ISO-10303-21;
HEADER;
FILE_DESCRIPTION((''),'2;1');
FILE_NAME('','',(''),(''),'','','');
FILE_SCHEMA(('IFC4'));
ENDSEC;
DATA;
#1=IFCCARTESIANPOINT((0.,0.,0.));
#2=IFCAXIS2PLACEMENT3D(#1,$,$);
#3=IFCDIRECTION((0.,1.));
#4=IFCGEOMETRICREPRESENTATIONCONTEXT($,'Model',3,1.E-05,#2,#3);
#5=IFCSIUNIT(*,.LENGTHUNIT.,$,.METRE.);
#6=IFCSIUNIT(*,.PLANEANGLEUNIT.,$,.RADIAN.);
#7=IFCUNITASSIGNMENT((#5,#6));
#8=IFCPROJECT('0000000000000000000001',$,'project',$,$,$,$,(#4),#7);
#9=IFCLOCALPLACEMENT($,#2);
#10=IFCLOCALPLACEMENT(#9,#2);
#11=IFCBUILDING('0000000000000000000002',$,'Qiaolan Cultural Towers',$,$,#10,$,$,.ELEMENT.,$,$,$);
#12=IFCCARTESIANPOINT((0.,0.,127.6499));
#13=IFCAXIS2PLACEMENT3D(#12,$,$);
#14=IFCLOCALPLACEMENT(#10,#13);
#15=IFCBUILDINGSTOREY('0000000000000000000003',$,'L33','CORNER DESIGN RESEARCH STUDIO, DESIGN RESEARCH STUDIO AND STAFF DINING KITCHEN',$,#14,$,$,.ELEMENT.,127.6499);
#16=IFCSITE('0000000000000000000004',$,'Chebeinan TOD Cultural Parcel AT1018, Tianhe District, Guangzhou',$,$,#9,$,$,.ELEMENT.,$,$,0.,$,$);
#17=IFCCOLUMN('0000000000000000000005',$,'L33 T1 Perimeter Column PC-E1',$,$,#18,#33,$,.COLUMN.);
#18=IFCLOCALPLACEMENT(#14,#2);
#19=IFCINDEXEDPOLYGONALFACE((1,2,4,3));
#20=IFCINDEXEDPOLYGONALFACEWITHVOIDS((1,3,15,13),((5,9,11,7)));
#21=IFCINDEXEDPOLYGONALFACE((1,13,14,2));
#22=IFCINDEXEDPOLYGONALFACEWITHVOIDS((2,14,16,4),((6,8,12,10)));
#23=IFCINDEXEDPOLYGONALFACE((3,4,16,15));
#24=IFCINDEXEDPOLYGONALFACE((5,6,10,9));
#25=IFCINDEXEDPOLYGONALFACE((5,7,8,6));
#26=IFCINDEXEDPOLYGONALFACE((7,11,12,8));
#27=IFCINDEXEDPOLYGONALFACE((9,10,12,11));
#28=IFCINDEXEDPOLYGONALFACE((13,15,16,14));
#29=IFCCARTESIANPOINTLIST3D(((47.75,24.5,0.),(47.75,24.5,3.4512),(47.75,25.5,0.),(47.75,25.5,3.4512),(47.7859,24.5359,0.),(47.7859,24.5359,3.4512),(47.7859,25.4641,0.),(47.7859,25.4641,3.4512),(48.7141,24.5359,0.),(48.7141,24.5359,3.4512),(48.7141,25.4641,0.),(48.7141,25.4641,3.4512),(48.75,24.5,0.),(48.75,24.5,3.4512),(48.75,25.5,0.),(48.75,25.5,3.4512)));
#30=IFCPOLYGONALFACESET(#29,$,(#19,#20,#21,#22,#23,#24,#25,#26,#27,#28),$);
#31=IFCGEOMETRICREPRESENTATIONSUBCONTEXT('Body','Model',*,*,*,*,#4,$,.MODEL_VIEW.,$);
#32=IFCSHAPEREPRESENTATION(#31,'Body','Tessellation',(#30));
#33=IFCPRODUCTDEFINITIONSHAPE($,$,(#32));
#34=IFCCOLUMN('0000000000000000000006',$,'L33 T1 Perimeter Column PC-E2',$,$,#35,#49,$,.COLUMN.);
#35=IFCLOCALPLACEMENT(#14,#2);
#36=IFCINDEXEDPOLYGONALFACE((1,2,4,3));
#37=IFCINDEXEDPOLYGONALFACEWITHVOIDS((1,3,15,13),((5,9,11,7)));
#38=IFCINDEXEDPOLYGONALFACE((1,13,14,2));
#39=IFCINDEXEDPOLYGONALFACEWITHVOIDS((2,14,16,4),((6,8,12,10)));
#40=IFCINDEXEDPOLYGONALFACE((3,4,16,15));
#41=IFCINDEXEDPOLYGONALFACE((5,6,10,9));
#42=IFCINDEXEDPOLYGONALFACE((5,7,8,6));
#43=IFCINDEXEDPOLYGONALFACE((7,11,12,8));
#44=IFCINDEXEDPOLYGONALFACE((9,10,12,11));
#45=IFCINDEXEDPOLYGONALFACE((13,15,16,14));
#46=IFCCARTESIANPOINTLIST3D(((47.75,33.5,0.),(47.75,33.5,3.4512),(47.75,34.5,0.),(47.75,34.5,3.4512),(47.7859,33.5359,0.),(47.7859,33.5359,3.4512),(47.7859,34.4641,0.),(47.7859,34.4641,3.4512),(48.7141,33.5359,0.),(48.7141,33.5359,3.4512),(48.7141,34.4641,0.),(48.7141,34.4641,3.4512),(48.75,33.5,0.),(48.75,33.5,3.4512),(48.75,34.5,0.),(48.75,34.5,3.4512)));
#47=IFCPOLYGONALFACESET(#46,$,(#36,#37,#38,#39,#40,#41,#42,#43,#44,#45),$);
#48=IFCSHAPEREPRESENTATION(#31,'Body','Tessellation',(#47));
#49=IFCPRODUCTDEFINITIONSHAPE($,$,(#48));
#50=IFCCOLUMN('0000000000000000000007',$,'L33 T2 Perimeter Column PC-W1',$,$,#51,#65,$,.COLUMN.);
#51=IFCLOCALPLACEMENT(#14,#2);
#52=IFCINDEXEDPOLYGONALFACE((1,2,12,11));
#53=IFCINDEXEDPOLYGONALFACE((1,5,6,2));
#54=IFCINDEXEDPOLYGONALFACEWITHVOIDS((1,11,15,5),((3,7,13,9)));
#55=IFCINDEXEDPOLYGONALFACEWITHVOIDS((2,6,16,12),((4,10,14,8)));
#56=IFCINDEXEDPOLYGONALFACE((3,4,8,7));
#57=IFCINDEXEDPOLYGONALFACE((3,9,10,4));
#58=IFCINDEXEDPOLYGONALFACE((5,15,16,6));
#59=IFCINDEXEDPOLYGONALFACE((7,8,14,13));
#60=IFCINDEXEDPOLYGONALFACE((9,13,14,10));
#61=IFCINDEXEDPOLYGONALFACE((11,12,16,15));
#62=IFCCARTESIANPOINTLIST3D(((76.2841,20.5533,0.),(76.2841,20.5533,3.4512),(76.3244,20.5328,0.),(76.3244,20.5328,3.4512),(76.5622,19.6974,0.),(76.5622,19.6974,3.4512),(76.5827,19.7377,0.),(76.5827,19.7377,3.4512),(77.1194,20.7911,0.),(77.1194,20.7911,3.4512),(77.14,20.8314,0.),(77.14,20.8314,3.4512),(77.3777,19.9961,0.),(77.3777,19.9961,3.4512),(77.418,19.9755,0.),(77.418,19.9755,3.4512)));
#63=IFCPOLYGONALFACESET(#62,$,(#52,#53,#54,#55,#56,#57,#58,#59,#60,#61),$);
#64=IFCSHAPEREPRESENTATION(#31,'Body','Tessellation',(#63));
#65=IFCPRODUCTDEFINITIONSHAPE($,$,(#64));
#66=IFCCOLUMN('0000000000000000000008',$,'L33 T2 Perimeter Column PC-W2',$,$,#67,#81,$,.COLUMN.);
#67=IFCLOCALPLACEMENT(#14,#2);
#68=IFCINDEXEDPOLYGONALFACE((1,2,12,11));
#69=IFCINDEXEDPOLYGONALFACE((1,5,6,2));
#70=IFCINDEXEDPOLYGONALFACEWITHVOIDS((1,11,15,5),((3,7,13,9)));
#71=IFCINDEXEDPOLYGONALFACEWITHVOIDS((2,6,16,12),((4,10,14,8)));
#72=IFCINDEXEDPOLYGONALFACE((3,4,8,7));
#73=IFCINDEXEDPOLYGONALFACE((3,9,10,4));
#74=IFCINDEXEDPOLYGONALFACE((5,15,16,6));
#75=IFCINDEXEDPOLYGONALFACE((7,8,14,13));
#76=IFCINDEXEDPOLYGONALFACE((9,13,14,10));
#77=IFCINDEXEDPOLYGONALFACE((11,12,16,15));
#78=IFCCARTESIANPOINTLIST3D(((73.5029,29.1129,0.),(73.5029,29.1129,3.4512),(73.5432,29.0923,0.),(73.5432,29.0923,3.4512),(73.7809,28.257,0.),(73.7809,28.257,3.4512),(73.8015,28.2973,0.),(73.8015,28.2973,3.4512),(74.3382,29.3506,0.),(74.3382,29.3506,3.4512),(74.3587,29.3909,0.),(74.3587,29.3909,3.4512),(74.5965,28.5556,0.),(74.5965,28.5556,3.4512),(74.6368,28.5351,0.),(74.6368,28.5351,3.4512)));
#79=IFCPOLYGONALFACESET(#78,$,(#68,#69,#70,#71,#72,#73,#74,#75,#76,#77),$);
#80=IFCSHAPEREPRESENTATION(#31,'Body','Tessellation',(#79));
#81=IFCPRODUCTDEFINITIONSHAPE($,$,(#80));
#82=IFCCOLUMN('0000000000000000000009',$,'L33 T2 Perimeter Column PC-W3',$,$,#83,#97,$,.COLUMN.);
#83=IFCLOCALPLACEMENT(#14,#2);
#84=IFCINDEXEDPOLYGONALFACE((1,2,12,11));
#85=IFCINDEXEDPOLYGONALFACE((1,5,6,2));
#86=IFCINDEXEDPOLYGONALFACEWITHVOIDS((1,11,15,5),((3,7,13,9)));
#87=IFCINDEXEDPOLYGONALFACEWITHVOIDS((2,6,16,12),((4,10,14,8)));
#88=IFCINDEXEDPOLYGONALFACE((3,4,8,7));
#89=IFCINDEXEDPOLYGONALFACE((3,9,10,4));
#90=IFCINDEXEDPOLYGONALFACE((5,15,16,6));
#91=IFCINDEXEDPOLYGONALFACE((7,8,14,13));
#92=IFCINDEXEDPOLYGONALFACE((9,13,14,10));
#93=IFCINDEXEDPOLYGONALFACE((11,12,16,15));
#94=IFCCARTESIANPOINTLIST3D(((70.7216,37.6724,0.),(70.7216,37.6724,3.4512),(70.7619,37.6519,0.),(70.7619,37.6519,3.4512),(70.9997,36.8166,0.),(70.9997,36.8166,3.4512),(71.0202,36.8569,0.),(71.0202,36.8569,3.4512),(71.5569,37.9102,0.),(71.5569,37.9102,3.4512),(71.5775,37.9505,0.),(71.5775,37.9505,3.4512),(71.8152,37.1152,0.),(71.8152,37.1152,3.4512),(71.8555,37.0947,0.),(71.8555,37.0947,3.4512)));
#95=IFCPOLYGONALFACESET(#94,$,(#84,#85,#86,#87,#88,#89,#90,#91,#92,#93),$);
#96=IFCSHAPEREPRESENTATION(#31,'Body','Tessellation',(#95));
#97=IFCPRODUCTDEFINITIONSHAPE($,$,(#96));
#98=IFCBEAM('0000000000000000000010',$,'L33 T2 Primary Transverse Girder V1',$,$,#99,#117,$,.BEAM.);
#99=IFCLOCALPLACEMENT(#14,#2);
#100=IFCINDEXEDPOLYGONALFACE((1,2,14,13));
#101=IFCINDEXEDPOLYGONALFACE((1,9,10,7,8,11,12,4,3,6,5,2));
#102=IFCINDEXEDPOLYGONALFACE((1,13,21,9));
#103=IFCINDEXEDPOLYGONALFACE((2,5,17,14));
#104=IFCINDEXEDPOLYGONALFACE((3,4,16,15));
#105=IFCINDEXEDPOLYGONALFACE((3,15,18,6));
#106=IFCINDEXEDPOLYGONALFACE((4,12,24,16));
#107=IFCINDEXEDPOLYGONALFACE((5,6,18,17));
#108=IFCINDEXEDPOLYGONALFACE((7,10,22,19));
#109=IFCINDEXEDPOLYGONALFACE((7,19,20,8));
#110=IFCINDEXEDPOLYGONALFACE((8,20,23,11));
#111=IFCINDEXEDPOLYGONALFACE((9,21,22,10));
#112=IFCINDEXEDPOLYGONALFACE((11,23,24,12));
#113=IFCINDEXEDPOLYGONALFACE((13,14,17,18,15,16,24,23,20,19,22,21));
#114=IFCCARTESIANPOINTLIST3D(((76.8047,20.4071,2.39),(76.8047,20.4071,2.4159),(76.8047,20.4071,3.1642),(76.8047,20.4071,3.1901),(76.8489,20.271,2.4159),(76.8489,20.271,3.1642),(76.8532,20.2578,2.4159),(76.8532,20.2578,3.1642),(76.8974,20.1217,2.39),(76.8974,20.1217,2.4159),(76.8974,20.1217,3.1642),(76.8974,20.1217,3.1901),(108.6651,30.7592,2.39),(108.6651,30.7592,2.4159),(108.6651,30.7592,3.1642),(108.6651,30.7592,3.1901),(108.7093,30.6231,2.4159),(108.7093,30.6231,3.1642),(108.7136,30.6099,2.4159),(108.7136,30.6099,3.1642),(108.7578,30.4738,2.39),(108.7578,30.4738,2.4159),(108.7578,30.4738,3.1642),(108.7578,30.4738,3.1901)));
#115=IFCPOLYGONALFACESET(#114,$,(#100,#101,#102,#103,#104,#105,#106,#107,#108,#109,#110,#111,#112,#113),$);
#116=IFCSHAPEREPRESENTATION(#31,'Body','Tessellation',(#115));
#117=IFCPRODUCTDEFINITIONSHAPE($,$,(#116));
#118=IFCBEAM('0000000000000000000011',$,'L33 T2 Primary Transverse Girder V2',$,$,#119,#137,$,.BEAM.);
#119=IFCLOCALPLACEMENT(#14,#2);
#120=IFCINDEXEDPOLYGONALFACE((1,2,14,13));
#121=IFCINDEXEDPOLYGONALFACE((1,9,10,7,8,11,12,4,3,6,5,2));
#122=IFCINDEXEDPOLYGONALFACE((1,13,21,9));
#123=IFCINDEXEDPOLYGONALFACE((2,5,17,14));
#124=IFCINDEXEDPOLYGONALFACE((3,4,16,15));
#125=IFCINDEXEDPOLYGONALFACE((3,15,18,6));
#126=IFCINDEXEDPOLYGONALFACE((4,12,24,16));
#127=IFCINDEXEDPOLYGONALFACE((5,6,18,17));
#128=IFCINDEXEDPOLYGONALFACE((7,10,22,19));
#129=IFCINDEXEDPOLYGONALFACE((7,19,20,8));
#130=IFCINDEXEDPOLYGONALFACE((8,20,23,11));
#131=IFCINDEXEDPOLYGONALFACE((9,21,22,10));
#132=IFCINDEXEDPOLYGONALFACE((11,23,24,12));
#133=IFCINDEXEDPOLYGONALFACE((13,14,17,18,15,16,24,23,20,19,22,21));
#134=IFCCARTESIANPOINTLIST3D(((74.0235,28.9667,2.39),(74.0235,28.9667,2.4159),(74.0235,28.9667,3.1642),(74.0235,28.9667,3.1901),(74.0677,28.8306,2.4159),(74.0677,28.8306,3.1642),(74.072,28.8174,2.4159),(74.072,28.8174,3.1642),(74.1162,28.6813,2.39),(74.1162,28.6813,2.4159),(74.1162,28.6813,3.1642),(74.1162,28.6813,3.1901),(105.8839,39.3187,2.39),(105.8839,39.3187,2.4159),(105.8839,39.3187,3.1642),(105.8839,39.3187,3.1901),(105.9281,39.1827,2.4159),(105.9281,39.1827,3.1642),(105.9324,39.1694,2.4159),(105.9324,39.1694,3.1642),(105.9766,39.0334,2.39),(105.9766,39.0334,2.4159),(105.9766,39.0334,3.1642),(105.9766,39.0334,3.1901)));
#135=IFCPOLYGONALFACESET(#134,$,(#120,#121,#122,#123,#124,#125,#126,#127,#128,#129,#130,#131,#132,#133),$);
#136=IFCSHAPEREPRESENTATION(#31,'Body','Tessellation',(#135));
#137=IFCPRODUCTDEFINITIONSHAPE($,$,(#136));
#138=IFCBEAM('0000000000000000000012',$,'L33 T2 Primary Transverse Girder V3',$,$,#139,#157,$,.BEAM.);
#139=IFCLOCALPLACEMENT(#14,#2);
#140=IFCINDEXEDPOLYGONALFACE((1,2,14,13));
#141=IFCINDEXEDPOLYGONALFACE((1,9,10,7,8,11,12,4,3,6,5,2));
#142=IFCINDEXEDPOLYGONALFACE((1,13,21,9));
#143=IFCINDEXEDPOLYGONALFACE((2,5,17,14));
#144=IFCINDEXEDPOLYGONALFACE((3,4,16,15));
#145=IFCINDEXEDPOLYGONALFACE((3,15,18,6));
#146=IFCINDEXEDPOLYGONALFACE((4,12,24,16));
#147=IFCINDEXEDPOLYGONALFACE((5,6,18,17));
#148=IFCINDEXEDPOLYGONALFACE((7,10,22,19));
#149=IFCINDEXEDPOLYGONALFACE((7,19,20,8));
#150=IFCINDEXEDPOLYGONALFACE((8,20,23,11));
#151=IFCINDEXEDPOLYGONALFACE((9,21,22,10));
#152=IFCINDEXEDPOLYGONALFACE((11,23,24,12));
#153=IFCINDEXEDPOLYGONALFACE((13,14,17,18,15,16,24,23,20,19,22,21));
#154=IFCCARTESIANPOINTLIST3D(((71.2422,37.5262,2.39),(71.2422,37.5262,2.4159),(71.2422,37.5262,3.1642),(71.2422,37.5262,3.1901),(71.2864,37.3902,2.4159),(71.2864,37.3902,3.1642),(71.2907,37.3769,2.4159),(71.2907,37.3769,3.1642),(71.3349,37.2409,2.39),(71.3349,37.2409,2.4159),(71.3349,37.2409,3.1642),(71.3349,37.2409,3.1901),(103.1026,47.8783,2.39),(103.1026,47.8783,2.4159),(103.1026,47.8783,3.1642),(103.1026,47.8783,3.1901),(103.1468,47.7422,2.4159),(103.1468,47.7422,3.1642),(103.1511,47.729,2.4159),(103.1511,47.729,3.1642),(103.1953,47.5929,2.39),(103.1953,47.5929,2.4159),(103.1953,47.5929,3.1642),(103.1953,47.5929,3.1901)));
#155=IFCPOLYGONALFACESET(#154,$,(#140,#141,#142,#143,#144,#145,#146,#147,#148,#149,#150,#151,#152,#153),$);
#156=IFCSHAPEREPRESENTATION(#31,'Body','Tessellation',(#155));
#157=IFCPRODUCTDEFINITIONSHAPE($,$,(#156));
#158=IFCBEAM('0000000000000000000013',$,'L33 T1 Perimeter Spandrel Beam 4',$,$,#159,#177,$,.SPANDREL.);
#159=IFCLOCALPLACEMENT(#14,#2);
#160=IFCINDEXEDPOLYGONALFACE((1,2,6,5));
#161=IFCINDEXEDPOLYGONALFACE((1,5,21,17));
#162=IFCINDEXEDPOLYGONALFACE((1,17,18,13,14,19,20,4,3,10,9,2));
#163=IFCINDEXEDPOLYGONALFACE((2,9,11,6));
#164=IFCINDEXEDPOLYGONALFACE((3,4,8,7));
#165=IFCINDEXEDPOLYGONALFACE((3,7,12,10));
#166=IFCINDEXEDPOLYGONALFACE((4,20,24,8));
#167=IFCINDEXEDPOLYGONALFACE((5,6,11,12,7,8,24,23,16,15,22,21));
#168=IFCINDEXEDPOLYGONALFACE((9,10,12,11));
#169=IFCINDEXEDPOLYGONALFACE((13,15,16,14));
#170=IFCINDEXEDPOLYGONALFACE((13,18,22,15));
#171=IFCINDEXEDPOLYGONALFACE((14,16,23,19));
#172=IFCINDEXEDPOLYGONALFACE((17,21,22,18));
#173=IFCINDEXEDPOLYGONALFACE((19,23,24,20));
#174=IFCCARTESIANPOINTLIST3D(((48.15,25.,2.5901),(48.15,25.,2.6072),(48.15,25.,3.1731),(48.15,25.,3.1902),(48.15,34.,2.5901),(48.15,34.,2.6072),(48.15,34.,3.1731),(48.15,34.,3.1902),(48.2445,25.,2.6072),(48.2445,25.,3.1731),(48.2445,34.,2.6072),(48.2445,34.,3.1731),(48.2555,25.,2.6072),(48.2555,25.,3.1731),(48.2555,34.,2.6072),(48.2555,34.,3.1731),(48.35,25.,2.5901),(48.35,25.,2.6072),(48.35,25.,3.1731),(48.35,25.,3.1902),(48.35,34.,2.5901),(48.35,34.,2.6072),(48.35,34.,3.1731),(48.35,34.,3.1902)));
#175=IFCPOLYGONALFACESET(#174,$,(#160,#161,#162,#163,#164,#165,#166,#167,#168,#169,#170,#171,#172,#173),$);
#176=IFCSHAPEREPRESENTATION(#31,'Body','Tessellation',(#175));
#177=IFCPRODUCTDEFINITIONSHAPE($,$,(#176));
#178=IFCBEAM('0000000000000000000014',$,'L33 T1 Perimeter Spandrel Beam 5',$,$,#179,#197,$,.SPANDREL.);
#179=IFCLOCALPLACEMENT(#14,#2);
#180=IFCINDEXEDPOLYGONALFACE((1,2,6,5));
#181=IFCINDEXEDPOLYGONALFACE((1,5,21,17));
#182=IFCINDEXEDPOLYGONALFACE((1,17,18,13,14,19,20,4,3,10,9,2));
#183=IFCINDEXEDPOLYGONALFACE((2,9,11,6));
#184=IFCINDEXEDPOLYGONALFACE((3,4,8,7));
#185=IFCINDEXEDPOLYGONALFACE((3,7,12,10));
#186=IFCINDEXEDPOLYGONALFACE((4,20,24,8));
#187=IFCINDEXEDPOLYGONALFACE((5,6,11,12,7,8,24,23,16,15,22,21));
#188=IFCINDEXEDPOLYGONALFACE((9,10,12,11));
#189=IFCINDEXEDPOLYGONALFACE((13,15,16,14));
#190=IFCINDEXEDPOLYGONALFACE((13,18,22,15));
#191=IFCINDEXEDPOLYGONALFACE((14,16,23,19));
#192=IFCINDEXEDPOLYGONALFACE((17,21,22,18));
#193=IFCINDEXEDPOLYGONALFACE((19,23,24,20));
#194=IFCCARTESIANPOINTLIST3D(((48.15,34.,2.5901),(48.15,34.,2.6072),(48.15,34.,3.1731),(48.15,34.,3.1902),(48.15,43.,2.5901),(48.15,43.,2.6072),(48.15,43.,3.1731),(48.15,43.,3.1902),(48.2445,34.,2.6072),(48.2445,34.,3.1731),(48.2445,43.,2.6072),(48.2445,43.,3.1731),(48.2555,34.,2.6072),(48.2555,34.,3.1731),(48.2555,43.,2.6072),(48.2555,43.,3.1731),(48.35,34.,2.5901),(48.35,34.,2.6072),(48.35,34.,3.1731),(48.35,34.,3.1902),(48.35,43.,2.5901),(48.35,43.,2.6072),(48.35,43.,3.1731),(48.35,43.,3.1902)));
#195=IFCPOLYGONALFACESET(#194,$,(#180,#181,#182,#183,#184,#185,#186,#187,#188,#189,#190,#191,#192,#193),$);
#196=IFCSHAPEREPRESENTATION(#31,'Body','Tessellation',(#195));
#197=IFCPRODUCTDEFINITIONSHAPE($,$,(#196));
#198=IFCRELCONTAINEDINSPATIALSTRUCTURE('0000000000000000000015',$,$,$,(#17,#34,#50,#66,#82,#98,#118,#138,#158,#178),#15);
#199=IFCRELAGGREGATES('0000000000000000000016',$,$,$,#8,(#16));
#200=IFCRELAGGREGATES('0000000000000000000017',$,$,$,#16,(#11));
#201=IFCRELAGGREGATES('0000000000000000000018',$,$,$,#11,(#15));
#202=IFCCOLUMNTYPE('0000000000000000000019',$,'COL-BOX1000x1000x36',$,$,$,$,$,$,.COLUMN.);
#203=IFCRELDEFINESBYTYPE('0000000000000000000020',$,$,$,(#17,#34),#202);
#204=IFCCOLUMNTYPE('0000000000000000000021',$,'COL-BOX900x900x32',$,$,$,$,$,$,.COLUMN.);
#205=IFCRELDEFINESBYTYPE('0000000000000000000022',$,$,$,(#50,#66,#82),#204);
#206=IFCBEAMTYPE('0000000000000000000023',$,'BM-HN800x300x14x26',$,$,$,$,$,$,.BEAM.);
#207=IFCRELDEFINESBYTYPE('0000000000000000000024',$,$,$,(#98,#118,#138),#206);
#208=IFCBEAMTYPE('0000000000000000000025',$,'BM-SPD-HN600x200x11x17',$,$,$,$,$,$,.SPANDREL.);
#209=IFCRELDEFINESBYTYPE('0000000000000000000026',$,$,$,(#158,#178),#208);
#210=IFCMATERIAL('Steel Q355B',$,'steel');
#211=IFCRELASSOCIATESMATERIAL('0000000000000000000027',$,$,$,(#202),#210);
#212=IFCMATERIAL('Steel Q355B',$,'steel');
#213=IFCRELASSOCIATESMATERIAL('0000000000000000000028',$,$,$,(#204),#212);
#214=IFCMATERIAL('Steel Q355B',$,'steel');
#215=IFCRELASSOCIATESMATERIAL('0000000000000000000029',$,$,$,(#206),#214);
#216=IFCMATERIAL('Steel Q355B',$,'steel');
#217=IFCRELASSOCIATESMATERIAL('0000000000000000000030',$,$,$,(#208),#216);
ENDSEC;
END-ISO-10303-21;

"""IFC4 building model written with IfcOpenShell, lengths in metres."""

from ifc_helpers import new_model, si_unit, direction, frame, origin, origin_2d, place, context, subcontext, project, spatial, hollow_rectangle, i_section, extrude, material, material_profile, profile_set, type_object, element, save


model = new_model("IFC4")

# Units and contexts
model_context = context("Model", 3, precision=1e-05, world=origin(), true_north=direction((0.0, 1.0)))
body_context = subcontext(model_context, "Body", "Model", "MODEL_VIEW")
ifc_project = project(units=[si_unit("LENGTHUNIT", "METRE"), si_unit("PLANEANGLEUNIT", "RADIAN")], contexts=[model_context])

# Site, building, storey
site_placement = place(None, origin())
site = spatial("IfcSite", under=ifc_project, at=site_placement, Name="Chebeinan TOD Cultural Parcel AT1018, Tianhe District, Guangzhou", CompositionType="ELEMENT", RefElevation=0.0)
building_placement = place(site_placement, origin())
building = spatial("IfcBuilding", under=site, at=building_placement, Name="Qiaolan Cultural Towers", CompositionType="ELEMENT")
storey_placement = place(building_placement, frame((0.0, 0.0, 127.6499)))
storey = spatial("IfcBuildingStorey", under=building, at=storey_placement, Name="L33", Description="CORNER DESIGN RESEARCH STUDIO, DESIGN RESEARCH STUDIO AND STAFF DINING KITCHEN", CompositionType="ELEMENT", Elevation=127.6499)

# Columns
ifc_material_1 = material(Name="Steel Q355B", Category="steel")
ifc_material_profile_1 = material_profile(ifc_material_1, hollow_rectangle(XDim=1.0, YDim=1.0, WallThickness=0.0359, at=origin_2d()), Name="BOX1000x1000x36")
ifc_profile_set_1 = profile_set([ifc_material_profile_1], Name="Steel Q355B")
column_type_1 = type_object("IfcColumnType", Name="COL-BOX1000x1000x36", PredefinedType="COLUMN", material=ifc_profile_set_1)
for number, where, z_axis, x_axis, name in (
    (1, (48.25, 25.0, 0.0), (0.0, 0.0, 1.0), (1.0, 0.0, 0.0), "L33 T1 Perimeter Column PC-E1"),
    (2, (48.25, 34.0, 0.0), (0.0, 0.0, 1.0), (1.0, 0.0, 0.0), "L33 T1 Perimeter Column PC-E2"),
):
    element("IfcColumn", number, at=place(storey_placement, frame(where, z_axis=z_axis, x_axis=x_axis)), inside=storey, type_object=column_type_1, Name=name, PredefinedType="COLUMN", context=body_context, shape_type="SweptSolid", body=[
        extrude(hollow_rectangle(XDim=1.0, YDim=1.0, WallThickness=0.0359, at=origin_2d()), origin(), (0.0, 0.0, 1.0), 3.4512),
    ])
ifc_material_2 = material(Name="Steel Q355B", Category="steel")
ifc_material_profile_2 = material_profile(ifc_material_2, hollow_rectangle(XDim=0.8999, YDim=0.8999, WallThickness=0.032, at=origin_2d()), Name="BOX900x900x32")
ifc_profile_set_2 = profile_set([ifc_material_profile_2], Name="Steel Q355B")
column_type_2 = type_object("IfcColumnType", Name="COL-BOX900x900x32", PredefinedType="COLUMN", material=ifc_profile_set_2)
for number, where, z_axis, x_axis, name in (
    (3, (76.8511, 20.2644, 0.0), (0.0, 0.0, 1.0), (0.951057, 0.309017, 0.0), "L33 T2 Perimeter Column PC-W1"),
    (4, (74.0698, 28.824, 0.0), (0.0, 0.0, 1.0), (0.951057, 0.309017, 0.0), "L33 T2 Perimeter Column PC-W2"),
    (5, (71.2886, 37.3835, 0.0), (0.0, 0.0, 1.0), (0.951057, 0.309017, 0.0), "L33 T2 Perimeter Column PC-W3"),
):
    element("IfcColumn", number, at=place(storey_placement, frame(where, z_axis=z_axis, x_axis=x_axis)), inside=storey, type_object=column_type_2, Name=name, PredefinedType="COLUMN", context=body_context, shape_type="SweptSolid", body=[
        extrude(hollow_rectangle(XDim=0.8999, YDim=0.8999, WallThickness=0.032, at=origin_2d()), origin(), (0.0, 0.0, 1.0), 3.4512),
    ])

# Beams
ifc_material_3 = material(Name="Steel Q355B", Category="steel")
ifc_material_profile_3 = material_profile(ifc_material_3, i_section(OverallWidth=0.3, OverallDepth=0.8, WebThickness=0.0139, FlangeThickness=0.0259, at=origin_2d()), Name="HN800x300x14x26")
ifc_profile_set_3 = profile_set([ifc_material_profile_3], Name="Steel Q355B")
beam_type_1 = type_object("IfcBeamType", Name="BM-HN800x300x14x26", PredefinedType="BEAM", material=ifc_profile_set_3)
for number, where, z_axis, x_axis, name in (
    (6, (76.8511, 20.2644, 2.79), (0.951057, 0.309017, 0.0), (-0.309017, 0.951057, 0.0), "L33 T2 Primary Transverse Girder V1"),
    (7, (74.0698, 28.824, 2.79), (0.951057, 0.309017, 0.0), (-0.309017, 0.951057, 0.0), "L33 T2 Primary Transverse Girder V2"),
    (8, (71.2886, 37.3835, 2.79), (0.951057, 0.309017, 0.0), (-0.309017, 0.951057, 0.0), "L33 T2 Primary Transverse Girder V3"),
):
    element("IfcBeam", number, at=place(storey_placement, frame(where, z_axis=z_axis, x_axis=x_axis)), inside=storey, type_object=beam_type_1, Name=name, PredefinedType="BEAM", context=body_context, shape_type="SweptSolid", body=[
        extrude(i_section(OverallWidth=0.3, OverallDepth=0.8, WebThickness=0.0139, FlangeThickness=0.0259, at=origin_2d()), origin(), (0.0, 0.0, 1.0), 33.5),
    ])
ifc_material_4 = material(Name="Steel Q355B", Category="steel")
ifc_material_profile_4 = material_profile(ifc_material_4, i_section(OverallWidth=0.2, OverallDepth=0.6001, WebThickness=0.011, FlangeThickness=0.0171, at=origin_2d()), Name="HN600x200x11x17")
ifc_profile_set_4 = profile_set([ifc_material_profile_4], Name="Steel Q355B")
beam_type_2 = type_object("IfcBeamType", Name="BM-SPD-HN600x200x11x17", PredefinedType="SPANDREL", material=ifc_profile_set_4)
for number, where, z_axis, x_axis, name in (
    (9, (48.25, 25.0, 2.8901), (0.0, 1.0, 0.0), (-1.0, 0.0, 0.0), "L33 T1 Perimeter Spandrel Beam 4"),
    (10, (48.25, 34.0, 2.8901), (0.0, 1.0, 0.0), (-1.0, 0.0, 0.0), "L33 T1 Perimeter Spandrel Beam 5"),
):
    element("IfcBeam", number, at=place(storey_placement, frame(where, z_axis=z_axis, x_axis=x_axis)), inside=storey, type_object=beam_type_2, Name=name, PredefinedType="SPANDREL", context=body_context, shape_type="SweptSolid", body=[
        extrude(i_section(OverallWidth=0.2, OverallDepth=0.6001, WebThickness=0.011, FlangeThickness=0.0171, at=origin_2d()), origin(), (0.0, 0.0, 1.0), 9.0),
    ])

save(model, "model.ifc")
